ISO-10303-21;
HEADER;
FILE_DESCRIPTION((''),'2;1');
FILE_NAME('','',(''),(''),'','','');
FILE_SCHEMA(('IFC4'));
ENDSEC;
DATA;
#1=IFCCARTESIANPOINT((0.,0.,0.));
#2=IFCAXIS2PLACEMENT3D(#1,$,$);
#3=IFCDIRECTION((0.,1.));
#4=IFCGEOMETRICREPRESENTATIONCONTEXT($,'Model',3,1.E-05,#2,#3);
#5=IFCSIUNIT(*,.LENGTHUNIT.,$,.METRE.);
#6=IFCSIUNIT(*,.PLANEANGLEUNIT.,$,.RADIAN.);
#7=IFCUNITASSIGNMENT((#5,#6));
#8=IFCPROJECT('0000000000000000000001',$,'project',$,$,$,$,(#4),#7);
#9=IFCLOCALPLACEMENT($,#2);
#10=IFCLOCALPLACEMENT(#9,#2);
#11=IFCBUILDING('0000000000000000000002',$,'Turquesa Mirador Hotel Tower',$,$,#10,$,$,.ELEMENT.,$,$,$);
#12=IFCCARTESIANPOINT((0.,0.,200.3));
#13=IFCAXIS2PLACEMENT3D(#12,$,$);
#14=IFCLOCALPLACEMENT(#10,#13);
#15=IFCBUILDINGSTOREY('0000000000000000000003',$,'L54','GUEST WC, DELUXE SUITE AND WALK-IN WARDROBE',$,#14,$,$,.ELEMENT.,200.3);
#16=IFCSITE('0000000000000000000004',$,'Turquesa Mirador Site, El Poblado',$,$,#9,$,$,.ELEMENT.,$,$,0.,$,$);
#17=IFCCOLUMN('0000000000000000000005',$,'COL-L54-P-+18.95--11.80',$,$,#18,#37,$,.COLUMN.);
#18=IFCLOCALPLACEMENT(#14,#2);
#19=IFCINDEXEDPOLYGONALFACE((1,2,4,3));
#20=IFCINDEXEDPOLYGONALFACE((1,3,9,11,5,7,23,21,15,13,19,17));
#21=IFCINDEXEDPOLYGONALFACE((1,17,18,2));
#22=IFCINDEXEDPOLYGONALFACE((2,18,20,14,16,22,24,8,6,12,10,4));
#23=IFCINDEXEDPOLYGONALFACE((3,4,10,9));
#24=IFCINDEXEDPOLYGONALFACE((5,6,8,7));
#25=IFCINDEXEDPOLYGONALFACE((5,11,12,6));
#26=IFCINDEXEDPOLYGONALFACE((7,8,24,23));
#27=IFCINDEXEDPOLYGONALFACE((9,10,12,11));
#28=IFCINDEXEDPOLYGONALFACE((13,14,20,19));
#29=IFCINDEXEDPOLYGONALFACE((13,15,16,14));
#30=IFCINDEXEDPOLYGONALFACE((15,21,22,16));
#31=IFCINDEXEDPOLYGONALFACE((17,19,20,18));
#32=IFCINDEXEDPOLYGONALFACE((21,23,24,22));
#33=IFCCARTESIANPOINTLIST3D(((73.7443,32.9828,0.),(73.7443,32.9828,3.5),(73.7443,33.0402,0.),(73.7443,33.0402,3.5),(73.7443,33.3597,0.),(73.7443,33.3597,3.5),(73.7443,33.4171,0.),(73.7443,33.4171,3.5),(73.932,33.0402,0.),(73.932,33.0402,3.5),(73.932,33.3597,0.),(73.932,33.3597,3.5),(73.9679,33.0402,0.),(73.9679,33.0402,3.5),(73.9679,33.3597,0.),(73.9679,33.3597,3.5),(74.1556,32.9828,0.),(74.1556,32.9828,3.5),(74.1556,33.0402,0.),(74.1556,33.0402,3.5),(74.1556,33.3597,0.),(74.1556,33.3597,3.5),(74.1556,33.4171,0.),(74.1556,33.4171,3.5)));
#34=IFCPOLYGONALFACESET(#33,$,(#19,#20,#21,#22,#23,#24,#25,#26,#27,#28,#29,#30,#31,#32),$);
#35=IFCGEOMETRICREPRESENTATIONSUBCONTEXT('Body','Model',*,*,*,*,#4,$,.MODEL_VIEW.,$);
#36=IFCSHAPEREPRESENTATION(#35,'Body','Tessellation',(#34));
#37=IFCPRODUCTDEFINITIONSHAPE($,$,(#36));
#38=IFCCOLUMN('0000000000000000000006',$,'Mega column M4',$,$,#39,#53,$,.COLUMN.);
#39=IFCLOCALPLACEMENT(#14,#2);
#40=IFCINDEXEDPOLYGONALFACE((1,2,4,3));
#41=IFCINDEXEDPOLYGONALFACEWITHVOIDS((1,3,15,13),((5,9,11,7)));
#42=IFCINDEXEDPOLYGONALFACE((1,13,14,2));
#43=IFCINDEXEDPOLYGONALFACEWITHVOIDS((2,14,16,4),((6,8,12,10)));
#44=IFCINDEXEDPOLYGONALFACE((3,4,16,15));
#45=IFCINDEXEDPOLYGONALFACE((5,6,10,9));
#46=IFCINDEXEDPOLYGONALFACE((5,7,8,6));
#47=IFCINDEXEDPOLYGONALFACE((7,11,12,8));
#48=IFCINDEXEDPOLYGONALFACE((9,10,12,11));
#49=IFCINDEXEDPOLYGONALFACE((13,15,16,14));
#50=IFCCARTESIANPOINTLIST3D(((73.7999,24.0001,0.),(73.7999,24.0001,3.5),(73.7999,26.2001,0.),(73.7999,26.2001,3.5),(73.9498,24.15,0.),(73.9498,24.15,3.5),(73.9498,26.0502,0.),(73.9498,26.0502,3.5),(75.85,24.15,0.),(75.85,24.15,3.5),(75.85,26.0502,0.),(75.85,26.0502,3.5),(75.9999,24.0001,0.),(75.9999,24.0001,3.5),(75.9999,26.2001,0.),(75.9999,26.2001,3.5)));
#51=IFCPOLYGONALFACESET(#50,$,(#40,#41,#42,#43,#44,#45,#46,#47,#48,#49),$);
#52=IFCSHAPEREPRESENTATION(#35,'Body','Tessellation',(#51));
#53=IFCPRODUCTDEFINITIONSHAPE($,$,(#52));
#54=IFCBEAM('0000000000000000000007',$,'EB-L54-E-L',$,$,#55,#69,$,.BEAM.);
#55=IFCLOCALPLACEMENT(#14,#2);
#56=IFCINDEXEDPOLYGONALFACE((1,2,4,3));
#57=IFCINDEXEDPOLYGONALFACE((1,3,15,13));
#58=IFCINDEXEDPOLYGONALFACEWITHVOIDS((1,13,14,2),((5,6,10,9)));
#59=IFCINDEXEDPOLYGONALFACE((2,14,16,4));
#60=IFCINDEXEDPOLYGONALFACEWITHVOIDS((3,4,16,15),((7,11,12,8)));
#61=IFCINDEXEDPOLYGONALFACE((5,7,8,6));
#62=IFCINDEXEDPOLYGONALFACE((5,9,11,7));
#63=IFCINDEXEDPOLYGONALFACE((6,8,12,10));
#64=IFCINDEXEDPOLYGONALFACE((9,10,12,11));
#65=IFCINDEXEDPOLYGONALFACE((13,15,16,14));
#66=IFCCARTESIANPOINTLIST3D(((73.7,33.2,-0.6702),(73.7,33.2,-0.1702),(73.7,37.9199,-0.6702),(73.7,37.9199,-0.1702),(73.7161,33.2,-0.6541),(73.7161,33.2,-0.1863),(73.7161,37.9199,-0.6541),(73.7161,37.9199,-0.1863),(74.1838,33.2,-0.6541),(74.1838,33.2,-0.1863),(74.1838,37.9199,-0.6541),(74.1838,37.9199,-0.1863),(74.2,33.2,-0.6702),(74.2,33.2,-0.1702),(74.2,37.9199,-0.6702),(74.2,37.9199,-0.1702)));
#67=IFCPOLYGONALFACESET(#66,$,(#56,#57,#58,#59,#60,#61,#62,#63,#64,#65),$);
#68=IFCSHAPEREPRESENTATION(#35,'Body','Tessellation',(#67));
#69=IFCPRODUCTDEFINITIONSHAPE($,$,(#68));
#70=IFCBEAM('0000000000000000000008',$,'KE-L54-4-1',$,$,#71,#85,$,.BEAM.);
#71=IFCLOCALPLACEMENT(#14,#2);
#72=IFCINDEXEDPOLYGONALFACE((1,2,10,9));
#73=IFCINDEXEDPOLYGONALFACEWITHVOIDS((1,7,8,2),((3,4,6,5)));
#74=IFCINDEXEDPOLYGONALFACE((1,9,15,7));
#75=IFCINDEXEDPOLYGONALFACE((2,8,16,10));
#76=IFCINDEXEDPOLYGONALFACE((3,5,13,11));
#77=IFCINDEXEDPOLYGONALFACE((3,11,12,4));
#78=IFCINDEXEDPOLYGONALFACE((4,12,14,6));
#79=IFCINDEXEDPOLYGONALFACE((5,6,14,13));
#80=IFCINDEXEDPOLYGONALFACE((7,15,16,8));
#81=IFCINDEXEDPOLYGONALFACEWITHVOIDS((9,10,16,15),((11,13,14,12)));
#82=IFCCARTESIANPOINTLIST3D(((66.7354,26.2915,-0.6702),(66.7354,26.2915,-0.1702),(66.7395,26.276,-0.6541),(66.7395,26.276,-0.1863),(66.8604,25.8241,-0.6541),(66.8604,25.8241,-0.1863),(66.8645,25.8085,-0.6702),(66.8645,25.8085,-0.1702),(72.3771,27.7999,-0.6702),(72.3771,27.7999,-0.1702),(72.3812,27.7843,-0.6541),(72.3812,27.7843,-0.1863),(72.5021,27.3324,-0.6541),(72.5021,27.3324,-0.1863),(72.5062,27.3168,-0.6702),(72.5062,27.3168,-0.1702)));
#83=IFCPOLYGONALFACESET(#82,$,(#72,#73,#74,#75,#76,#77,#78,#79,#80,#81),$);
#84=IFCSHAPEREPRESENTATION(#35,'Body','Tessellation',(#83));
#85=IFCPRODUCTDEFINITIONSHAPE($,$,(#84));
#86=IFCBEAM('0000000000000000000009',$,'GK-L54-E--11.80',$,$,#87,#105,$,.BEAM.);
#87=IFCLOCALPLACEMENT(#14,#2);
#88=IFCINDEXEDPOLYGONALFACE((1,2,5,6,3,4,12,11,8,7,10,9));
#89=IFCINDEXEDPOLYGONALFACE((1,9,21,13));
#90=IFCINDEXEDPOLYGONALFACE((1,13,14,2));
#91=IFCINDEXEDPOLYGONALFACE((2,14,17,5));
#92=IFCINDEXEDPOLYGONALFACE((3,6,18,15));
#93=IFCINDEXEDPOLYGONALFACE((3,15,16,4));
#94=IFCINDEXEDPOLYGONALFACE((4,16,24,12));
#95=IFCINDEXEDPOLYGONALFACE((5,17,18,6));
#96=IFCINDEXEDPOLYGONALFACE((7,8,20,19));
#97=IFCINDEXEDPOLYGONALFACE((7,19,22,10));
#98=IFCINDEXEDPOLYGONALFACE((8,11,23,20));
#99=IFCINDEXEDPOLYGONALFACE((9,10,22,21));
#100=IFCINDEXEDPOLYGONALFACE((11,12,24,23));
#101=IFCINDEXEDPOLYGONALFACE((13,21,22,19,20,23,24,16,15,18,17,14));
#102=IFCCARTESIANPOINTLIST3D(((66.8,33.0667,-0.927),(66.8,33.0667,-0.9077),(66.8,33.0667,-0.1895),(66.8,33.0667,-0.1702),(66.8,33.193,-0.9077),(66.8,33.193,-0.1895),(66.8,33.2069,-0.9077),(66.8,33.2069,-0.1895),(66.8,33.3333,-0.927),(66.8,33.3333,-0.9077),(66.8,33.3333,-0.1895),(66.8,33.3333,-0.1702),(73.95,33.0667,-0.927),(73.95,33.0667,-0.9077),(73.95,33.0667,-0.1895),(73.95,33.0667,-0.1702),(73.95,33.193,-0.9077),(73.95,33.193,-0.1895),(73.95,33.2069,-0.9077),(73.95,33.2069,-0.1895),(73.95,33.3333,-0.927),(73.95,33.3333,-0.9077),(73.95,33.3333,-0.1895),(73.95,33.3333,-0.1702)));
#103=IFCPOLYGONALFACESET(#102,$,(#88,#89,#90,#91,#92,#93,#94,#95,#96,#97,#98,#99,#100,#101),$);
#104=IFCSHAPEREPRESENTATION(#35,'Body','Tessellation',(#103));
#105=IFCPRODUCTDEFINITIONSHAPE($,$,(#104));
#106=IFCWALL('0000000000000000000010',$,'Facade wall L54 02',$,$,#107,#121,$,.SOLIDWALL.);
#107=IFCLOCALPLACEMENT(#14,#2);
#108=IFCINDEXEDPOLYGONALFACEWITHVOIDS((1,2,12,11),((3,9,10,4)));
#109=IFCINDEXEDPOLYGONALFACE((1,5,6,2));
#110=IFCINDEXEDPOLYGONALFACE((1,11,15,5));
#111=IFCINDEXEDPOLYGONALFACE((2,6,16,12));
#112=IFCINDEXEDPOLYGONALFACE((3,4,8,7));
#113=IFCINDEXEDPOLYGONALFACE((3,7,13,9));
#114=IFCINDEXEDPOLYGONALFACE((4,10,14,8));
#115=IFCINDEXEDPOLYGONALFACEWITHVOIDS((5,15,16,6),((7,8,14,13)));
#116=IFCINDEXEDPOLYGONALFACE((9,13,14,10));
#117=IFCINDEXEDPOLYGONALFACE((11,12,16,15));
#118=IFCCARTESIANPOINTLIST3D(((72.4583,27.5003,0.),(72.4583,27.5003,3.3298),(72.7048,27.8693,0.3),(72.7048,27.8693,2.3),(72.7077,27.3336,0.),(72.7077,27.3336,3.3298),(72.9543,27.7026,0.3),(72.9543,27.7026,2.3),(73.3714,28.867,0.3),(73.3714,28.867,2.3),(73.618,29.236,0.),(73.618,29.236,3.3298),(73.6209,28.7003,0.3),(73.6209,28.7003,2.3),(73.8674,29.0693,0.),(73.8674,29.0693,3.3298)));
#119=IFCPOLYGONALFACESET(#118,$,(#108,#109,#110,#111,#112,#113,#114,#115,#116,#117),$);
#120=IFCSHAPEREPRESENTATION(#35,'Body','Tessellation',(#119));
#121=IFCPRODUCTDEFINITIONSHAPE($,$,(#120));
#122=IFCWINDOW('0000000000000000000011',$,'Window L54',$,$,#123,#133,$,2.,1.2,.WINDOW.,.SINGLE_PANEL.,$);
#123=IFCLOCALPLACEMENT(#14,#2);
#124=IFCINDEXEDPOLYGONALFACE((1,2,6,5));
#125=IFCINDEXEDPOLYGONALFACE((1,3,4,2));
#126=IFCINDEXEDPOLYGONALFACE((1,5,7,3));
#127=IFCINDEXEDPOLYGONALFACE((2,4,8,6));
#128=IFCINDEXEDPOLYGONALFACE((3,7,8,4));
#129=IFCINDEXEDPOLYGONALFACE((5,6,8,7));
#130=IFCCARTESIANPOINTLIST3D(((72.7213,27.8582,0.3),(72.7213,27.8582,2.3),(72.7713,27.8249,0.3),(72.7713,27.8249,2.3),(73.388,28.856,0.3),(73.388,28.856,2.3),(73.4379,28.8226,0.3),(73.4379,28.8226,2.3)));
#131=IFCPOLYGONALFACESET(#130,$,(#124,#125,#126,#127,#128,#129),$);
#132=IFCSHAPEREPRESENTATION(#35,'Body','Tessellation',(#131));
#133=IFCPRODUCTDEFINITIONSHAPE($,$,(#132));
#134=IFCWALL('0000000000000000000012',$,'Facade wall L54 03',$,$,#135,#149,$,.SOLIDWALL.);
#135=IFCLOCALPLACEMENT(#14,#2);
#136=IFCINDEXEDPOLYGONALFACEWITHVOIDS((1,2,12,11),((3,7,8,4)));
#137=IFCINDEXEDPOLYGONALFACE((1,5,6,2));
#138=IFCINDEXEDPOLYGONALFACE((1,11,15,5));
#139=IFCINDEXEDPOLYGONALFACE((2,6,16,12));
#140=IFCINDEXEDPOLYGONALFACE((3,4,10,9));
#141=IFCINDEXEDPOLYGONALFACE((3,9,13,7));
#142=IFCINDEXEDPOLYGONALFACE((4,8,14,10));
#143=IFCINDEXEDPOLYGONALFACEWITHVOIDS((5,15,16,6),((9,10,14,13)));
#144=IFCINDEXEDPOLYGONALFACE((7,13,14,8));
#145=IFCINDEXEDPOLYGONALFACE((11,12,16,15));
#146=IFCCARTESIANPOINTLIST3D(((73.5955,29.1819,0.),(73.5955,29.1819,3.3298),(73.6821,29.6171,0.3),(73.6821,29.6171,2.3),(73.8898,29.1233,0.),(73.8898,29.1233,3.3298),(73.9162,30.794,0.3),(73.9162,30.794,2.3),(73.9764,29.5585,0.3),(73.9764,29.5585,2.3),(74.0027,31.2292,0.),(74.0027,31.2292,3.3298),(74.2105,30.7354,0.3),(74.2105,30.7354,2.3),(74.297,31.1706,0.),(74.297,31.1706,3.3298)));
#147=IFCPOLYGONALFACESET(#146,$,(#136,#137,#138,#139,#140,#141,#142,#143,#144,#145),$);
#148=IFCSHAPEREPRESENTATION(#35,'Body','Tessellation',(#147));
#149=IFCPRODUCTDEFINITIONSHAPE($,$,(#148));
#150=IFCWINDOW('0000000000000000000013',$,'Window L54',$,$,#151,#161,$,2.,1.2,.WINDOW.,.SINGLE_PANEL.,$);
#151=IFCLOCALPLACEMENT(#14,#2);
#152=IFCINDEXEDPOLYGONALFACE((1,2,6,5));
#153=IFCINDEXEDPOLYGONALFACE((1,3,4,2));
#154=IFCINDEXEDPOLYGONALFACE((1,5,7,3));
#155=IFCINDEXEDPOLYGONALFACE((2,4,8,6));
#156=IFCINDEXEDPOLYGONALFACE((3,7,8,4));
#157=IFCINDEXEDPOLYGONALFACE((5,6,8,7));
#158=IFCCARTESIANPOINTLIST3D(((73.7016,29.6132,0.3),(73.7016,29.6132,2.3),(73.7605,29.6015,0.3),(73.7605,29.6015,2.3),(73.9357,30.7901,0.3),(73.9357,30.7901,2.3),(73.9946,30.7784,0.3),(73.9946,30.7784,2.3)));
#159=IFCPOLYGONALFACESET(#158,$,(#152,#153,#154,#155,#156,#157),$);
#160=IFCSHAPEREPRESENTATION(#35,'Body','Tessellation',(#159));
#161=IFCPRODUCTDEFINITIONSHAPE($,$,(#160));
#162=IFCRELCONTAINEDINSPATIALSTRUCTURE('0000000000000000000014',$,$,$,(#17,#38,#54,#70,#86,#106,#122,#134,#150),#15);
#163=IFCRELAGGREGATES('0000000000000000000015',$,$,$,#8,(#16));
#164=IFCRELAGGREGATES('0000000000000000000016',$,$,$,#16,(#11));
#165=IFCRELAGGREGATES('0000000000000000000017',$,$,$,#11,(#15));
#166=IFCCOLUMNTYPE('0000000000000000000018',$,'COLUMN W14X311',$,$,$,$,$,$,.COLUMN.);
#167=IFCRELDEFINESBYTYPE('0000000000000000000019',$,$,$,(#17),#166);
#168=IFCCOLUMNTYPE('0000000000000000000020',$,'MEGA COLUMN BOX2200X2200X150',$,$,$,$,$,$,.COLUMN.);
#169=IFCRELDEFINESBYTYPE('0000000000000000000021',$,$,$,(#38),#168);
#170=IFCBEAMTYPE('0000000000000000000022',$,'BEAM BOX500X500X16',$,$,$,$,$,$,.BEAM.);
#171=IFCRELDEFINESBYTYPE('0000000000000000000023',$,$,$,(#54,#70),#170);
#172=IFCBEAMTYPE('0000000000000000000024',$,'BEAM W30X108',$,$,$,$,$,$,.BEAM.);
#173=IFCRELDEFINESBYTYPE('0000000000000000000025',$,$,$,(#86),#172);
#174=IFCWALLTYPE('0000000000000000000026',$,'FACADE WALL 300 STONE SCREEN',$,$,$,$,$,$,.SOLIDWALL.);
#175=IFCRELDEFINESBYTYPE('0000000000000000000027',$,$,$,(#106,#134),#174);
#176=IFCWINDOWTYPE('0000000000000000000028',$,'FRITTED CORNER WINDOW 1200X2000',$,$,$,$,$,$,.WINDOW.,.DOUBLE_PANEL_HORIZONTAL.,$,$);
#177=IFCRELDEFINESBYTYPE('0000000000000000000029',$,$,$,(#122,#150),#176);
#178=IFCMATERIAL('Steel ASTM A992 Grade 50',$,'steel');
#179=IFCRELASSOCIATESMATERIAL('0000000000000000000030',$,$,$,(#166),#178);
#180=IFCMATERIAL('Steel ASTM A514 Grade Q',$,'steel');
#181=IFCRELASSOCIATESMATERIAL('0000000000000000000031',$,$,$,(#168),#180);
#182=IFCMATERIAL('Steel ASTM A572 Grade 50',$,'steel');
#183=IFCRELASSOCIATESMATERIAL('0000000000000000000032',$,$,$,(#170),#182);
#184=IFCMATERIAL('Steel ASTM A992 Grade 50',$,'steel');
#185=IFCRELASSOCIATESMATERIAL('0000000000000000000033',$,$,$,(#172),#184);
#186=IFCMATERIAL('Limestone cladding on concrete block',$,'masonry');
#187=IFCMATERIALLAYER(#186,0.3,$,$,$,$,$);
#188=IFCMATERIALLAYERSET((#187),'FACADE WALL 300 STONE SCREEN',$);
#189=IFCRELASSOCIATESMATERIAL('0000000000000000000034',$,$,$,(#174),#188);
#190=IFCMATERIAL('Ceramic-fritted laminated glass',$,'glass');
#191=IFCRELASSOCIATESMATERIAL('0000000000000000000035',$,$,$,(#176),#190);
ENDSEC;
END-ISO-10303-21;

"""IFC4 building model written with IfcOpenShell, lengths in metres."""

from ifc_helpers import new_model, si_unit, direction, frame, frame_2d, origin, origin_2d, place, context, subcontext, project, spatial, rectangle, hollow_rectangle, i_section, extrude, material, layer, layer_set, material_profile, profile_set, type_object, element, fill, save


model = new_model("IFC4")

# Units and contexts
model_context = context("Model", 3, precision=1e-05, world=origin(), true_north=direction((0.0, 1.0)))
body_context = subcontext(model_context, "Body", "Model", "MODEL_VIEW")
ifc_project = project(units=[si_unit("LENGTHUNIT", "METRE"), si_unit("PLANEANGLEUNIT", "RADIAN")], contexts=[model_context])

# Site, building, storey
site_placement = place(None, origin())
site = spatial("IfcSite", under=ifc_project, at=site_placement, Name="Turquesa Mirador Site, El Poblado", CompositionType="ELEMENT", RefElevation=0.0)
building_placement = place(site_placement, origin())
building = spatial("IfcBuilding", under=site, at=building_placement, Name="Turquesa Mirador Hotel Tower", CompositionType="ELEMENT")
storey_placement = place(building_placement, frame((0.0, 0.0, 200.3)))
storey = spatial("IfcBuildingStorey", under=building, at=storey_placement, Name="L54", Description="GUEST WC, DELUXE SUITE AND WALK-IN WARDROBE", CompositionType="ELEMENT", Elevation=200.3)

# Columns
ifc_material_1 = material(Name="Steel ASTM A992 Grade 50", Category="steel")
ifc_material_profile_1 = material_profile(ifc_material_1, i_section(OverallWidth=0.4114, OverallDepth=0.4343, WebThickness=0.0359, FlangeThickness=0.0574, at=origin_2d()), Name="W14X311")
ifc_profile_set_1 = profile_set([ifc_material_profile_1], Name="Steel ASTM A992 Grade 50")
column_type_1 = type_object("IfcColumnType", Name="COLUMN W14X311", PredefinedType="COLUMN", material=ifc_profile_set_1)
column_1_placement = place(storey_placement, frame((73.95, 33.2, 0.0), z_axis=(0.0, 0.0, 1.0), x_axis=(1.0, 0.0, 0.0)))
element("IfcColumn", 1, at=column_1_placement, inside=storey, type_object=column_type_1, Name="COL-L54-P-+18.95--11.80", PredefinedType="COLUMN", context=body_context, shape_type="SweptSolid", body=[
    extrude(i_section(OverallWidth=0.4114, OverallDepth=0.4343, WebThickness=0.0359, FlangeThickness=0.0574, at=origin_2d()), origin(), (0.0, 0.0, 1.0), 3.5),
])
ifc_material_2 = material(Name="Steel ASTM A514 Grade Q", Category="steel")
ifc_material_profile_2 = material_profile(ifc_material_2, hollow_rectangle(XDim=2.2, YDim=2.2, WallThickness=0.1499, at=origin_2d()), Name="BOX2200X2200X150")
ifc_profile_set_2 = profile_set([ifc_material_profile_2], Name="Steel ASTM A514 Grade Q")
column_type_2 = type_object("IfcColumnType", Name="MEGA COLUMN BOX2200X2200X150", PredefinedType="COLUMN", material=ifc_profile_set_2)
column_2_placement = place(storey_placement, frame((74.8999, 25.1001, 0.0), z_axis=(0.0, 0.0, 1.0), x_axis=(1.0, 0.0, 0.0)))
element("IfcColumn", 2, at=column_2_placement, inside=storey, type_object=column_type_2, Name="Mega column M4", PredefinedType="COLUMN", context=body_context, shape_type="SweptSolid", body=[
    extrude(hollow_rectangle(XDim=2.2, YDim=2.2, WallThickness=0.1499, at=origin_2d()), origin(), (0.0, 0.0, 1.0), 3.5),
])

# Beams
ifc_material_3 = material(Name="Steel ASTM A572 Grade 50", Category="steel")
ifc_material_profile_3 = material_profile(ifc_material_3, hollow_rectangle(XDim=0.5, YDim=0.5, WallThickness=0.0161, at=origin_2d()), Name="BOX500X500X16")
ifc_profile_set_3 = profile_set([ifc_material_profile_3], Name="Steel ASTM A572 Grade 50")
beam_type_1 = type_object("IfcBeamType", Name="BEAM BOX500X500X16", PredefinedType="BEAM", material=ifc_profile_set_3)
beam_1_placement = place(storey_placement, frame((73.95, 33.2, -0.4202), z_axis=(0.0, 1.0, 0.0), x_axis=(-1.0, 0.0, 0.0)))
element("IfcBeam", 3, at=beam_1_placement, inside=storey, type_object=beam_type_1, Name="EB-L54-E-L", PredefinedType="BEAM", context=body_context, shape_type="SweptSolid", body=[
    extrude(hollow_rectangle(XDim=0.5, YDim=0.5, WallThickness=0.0161, at=origin_2d()), origin(), (0.0, 0.0, 1.0), 4.72),
])
beam_2_placement = place(storey_placement, frame((72.4417, 27.5583, -0.4202), z_axis=(-0.96607, -0.258282, 0.0), x_axis=(0.258282, -0.96607, 0.0)))
element("IfcBeam", 4, at=beam_2_placement, inside=storey, type_object=beam_type_1, Name="KE-L54-4-1", PredefinedType="BEAM", context=body_context, shape_type="SweptSolid", body=[
    extrude(hollow_rectangle(XDim=0.5, YDim=0.5, WallThickness=0.0161, at=origin_2d()), origin(), (0.0, 0.0, 1.0), 5.8398),
])
ifc_material_4 = material(Name="Steel ASTM A992 Grade 50", Category="steel")
ifc_material_profile_4 = material_profile(ifc_material_4, i_section(OverallWidth=0.2666, OverallDepth=0.7568, WebThickness=0.0139, FlangeThickness=0.0193, at=origin_2d()), Name="W30X108")
ifc_profile_set_4 = profile_set([ifc_material_profile_4], Name="Steel ASTM A992 Grade 50")
beam_type_2 = type_object("IfcBeamType", Name="BEAM W30X108", PredefinedType="BEAM", material=ifc_profile_set_4)
beam_3_placement = place(storey_placement, frame((73.95, 33.2, -0.5486), z_axis=(-1.0, 0.0, 0.0), x_axis=(0.0, -1.0, 0.0)))
element("IfcBeam", 5, at=beam_3_placement, inside=storey, type_object=beam_type_2, Name="GK-L54-E--11.80", PredefinedType="BEAM", context=body_context, shape_type="SweptSolid", body=[
    extrude(i_section(OverallWidth=0.2666, OverallDepth=0.7568, WebThickness=0.0139, FlangeThickness=0.0193, at=origin_2d()), origin(), (0.0, 0.0, 1.0), 7.1499),
])

# Walls, openings, windows
ifc_material_5 = material(Name="Limestone cladding on concrete block", Category="masonry")
ifc_layer = layer(ifc_material_5, 0.3)
ifc_layer_set = layer_set([ifc_layer], Name="FACADE WALL 300 STONE SCREEN")
wall_type = type_object("IfcWallType", Name="FACADE WALL 300 STONE SCREEN", PredefinedType="SOLIDWALL", material=ifc_layer_set)
wall_1_placement = place(storey_placement, frame((72.583, 27.417, 0.0), z_axis=(0.0, 0.0, 1.0), x_axis=(0.555564, 0.831474, 0.0)))
wall_1 = element("IfcWall", 6, at=wall_1_placement, inside=storey, type_object=wall_type, Name="Facade wall L54 02", PredefinedType="SOLIDWALL", context=body_context, shape_type="SweptSolid", body=[
    extrude(rectangle(XDim=2.0874, YDim=0.3, at=frame_2d((1.0437, 0.0))), origin(), (0.0, 0.0, 1.0), 3.3298),
])
opening_1_placement = place(wall_1_placement, frame((0.4436, 0.0, 0.3)))
opening_1 = element("IfcOpeningElement", 7, at=opening_1_placement, cuts=wall_1, PredefinedType="OPENING", context=body_context, shape_type="SweptSolid", body=[
    extrude(rectangle(XDim=1.2, YDim=2.0, at=frame_2d((0.6001, 1.0))), frame((0.0, 0.1599, 0.0), z_axis=(0.0, -1.0, 0.0), x_axis=(1.0, 0.0, 0.0)), (0.0, 0.0, 1.0), 0.3201),
])
ifc_material_6 = material(Name="Ceramic-fritted laminated glass", Category="glass")
window_type_1 = type_object("IfcWindowType", Name="FRITTED CORNER WINDOW 1200X2000", PartitioningType="DOUBLE_PANEL_HORIZONTAL", PredefinedType="WINDOW", material=ifc_material_6)
window_1_placement = place(opening_1_placement, origin())
window_1 = element("IfcWindow", 8, at=window_1_placement, inside=storey, type_object=window_type_1, Name="Window L54", OverallHeight=2.0, OverallWidth=1.2, PartitioningType="SINGLE_PANEL", PredefinedType="WINDOW", context=body_context, shape_type="SweptSolid", body=[
    extrude(rectangle(XDim=1.2, YDim=2.0, at=frame_2d((0.6001, 1.0))), frame((0.0, 0.1301, 0.0), z_axis=(0.0, -1.0, 0.0), x_axis=(1.0, 0.0, 0.0)), (0.0, 0.0, 1.0), 0.0601),
])
fill(opening_1, window_1)
wall_2_placement = place(storey_placement, frame((73.7427, 29.1526, 0.0), z_axis=(0.0, 0.0, 1.0), x_axis=(0.195081, 0.980787, 0.0)))
wall_2 = element("IfcWall", 9, at=wall_2_placement, inside=storey, type_object=wall_type, Name="Facade wall L54 03", PredefinedType="SOLIDWALL", context=body_context, shape_type="SweptSolid", body=[
    extrude(rectangle(XDim=2.0874, YDim=0.3, at=frame_2d((1.0437, 0.0))), origin(), (0.0, 0.0, 1.0), 3.3298),
])
opening_2_placement = place(wall_2_placement, frame((0.4436, 0.0, 0.3)))
opening_2 = element("IfcOpeningElement", 10, at=opening_2_placement, cuts=wall_2, PredefinedType="OPENING", context=body_context, shape_type="SweptSolid", body=[
    extrude(rectangle(XDim=1.2, YDim=2.0, at=frame_2d((0.6001, 1.0))), frame((0.0, 0.1599, 0.0), z_axis=(0.0, -1.0, 0.0), x_axis=(1.0, 0.0, 0.0)), (0.0, 0.0, 1.0), 0.3201),
])
window_2_placement = place(opening_2_placement, origin())
window_2 = element("IfcWindow", 11, at=window_2_placement, inside=storey, type_object=window_type_1, Name="Window L54", OverallHeight=2.0, OverallWidth=1.2, PartitioningType="SINGLE_PANEL", PredefinedType="WINDOW", context=body_context, shape_type="SweptSolid", body=[
    extrude(rectangle(XDim=1.2, YDim=2.0, at=frame_2d((0.6001, 1.0))), frame((0.0, 0.1301, 0.0), z_axis=(0.0, -1.0, 0.0), x_axis=(1.0, 0.0, 0.0)), (0.0, 0.0, 1.0), 0.0601),
])
fill(opening_2, window_2)

save(model, "model.ifc")
